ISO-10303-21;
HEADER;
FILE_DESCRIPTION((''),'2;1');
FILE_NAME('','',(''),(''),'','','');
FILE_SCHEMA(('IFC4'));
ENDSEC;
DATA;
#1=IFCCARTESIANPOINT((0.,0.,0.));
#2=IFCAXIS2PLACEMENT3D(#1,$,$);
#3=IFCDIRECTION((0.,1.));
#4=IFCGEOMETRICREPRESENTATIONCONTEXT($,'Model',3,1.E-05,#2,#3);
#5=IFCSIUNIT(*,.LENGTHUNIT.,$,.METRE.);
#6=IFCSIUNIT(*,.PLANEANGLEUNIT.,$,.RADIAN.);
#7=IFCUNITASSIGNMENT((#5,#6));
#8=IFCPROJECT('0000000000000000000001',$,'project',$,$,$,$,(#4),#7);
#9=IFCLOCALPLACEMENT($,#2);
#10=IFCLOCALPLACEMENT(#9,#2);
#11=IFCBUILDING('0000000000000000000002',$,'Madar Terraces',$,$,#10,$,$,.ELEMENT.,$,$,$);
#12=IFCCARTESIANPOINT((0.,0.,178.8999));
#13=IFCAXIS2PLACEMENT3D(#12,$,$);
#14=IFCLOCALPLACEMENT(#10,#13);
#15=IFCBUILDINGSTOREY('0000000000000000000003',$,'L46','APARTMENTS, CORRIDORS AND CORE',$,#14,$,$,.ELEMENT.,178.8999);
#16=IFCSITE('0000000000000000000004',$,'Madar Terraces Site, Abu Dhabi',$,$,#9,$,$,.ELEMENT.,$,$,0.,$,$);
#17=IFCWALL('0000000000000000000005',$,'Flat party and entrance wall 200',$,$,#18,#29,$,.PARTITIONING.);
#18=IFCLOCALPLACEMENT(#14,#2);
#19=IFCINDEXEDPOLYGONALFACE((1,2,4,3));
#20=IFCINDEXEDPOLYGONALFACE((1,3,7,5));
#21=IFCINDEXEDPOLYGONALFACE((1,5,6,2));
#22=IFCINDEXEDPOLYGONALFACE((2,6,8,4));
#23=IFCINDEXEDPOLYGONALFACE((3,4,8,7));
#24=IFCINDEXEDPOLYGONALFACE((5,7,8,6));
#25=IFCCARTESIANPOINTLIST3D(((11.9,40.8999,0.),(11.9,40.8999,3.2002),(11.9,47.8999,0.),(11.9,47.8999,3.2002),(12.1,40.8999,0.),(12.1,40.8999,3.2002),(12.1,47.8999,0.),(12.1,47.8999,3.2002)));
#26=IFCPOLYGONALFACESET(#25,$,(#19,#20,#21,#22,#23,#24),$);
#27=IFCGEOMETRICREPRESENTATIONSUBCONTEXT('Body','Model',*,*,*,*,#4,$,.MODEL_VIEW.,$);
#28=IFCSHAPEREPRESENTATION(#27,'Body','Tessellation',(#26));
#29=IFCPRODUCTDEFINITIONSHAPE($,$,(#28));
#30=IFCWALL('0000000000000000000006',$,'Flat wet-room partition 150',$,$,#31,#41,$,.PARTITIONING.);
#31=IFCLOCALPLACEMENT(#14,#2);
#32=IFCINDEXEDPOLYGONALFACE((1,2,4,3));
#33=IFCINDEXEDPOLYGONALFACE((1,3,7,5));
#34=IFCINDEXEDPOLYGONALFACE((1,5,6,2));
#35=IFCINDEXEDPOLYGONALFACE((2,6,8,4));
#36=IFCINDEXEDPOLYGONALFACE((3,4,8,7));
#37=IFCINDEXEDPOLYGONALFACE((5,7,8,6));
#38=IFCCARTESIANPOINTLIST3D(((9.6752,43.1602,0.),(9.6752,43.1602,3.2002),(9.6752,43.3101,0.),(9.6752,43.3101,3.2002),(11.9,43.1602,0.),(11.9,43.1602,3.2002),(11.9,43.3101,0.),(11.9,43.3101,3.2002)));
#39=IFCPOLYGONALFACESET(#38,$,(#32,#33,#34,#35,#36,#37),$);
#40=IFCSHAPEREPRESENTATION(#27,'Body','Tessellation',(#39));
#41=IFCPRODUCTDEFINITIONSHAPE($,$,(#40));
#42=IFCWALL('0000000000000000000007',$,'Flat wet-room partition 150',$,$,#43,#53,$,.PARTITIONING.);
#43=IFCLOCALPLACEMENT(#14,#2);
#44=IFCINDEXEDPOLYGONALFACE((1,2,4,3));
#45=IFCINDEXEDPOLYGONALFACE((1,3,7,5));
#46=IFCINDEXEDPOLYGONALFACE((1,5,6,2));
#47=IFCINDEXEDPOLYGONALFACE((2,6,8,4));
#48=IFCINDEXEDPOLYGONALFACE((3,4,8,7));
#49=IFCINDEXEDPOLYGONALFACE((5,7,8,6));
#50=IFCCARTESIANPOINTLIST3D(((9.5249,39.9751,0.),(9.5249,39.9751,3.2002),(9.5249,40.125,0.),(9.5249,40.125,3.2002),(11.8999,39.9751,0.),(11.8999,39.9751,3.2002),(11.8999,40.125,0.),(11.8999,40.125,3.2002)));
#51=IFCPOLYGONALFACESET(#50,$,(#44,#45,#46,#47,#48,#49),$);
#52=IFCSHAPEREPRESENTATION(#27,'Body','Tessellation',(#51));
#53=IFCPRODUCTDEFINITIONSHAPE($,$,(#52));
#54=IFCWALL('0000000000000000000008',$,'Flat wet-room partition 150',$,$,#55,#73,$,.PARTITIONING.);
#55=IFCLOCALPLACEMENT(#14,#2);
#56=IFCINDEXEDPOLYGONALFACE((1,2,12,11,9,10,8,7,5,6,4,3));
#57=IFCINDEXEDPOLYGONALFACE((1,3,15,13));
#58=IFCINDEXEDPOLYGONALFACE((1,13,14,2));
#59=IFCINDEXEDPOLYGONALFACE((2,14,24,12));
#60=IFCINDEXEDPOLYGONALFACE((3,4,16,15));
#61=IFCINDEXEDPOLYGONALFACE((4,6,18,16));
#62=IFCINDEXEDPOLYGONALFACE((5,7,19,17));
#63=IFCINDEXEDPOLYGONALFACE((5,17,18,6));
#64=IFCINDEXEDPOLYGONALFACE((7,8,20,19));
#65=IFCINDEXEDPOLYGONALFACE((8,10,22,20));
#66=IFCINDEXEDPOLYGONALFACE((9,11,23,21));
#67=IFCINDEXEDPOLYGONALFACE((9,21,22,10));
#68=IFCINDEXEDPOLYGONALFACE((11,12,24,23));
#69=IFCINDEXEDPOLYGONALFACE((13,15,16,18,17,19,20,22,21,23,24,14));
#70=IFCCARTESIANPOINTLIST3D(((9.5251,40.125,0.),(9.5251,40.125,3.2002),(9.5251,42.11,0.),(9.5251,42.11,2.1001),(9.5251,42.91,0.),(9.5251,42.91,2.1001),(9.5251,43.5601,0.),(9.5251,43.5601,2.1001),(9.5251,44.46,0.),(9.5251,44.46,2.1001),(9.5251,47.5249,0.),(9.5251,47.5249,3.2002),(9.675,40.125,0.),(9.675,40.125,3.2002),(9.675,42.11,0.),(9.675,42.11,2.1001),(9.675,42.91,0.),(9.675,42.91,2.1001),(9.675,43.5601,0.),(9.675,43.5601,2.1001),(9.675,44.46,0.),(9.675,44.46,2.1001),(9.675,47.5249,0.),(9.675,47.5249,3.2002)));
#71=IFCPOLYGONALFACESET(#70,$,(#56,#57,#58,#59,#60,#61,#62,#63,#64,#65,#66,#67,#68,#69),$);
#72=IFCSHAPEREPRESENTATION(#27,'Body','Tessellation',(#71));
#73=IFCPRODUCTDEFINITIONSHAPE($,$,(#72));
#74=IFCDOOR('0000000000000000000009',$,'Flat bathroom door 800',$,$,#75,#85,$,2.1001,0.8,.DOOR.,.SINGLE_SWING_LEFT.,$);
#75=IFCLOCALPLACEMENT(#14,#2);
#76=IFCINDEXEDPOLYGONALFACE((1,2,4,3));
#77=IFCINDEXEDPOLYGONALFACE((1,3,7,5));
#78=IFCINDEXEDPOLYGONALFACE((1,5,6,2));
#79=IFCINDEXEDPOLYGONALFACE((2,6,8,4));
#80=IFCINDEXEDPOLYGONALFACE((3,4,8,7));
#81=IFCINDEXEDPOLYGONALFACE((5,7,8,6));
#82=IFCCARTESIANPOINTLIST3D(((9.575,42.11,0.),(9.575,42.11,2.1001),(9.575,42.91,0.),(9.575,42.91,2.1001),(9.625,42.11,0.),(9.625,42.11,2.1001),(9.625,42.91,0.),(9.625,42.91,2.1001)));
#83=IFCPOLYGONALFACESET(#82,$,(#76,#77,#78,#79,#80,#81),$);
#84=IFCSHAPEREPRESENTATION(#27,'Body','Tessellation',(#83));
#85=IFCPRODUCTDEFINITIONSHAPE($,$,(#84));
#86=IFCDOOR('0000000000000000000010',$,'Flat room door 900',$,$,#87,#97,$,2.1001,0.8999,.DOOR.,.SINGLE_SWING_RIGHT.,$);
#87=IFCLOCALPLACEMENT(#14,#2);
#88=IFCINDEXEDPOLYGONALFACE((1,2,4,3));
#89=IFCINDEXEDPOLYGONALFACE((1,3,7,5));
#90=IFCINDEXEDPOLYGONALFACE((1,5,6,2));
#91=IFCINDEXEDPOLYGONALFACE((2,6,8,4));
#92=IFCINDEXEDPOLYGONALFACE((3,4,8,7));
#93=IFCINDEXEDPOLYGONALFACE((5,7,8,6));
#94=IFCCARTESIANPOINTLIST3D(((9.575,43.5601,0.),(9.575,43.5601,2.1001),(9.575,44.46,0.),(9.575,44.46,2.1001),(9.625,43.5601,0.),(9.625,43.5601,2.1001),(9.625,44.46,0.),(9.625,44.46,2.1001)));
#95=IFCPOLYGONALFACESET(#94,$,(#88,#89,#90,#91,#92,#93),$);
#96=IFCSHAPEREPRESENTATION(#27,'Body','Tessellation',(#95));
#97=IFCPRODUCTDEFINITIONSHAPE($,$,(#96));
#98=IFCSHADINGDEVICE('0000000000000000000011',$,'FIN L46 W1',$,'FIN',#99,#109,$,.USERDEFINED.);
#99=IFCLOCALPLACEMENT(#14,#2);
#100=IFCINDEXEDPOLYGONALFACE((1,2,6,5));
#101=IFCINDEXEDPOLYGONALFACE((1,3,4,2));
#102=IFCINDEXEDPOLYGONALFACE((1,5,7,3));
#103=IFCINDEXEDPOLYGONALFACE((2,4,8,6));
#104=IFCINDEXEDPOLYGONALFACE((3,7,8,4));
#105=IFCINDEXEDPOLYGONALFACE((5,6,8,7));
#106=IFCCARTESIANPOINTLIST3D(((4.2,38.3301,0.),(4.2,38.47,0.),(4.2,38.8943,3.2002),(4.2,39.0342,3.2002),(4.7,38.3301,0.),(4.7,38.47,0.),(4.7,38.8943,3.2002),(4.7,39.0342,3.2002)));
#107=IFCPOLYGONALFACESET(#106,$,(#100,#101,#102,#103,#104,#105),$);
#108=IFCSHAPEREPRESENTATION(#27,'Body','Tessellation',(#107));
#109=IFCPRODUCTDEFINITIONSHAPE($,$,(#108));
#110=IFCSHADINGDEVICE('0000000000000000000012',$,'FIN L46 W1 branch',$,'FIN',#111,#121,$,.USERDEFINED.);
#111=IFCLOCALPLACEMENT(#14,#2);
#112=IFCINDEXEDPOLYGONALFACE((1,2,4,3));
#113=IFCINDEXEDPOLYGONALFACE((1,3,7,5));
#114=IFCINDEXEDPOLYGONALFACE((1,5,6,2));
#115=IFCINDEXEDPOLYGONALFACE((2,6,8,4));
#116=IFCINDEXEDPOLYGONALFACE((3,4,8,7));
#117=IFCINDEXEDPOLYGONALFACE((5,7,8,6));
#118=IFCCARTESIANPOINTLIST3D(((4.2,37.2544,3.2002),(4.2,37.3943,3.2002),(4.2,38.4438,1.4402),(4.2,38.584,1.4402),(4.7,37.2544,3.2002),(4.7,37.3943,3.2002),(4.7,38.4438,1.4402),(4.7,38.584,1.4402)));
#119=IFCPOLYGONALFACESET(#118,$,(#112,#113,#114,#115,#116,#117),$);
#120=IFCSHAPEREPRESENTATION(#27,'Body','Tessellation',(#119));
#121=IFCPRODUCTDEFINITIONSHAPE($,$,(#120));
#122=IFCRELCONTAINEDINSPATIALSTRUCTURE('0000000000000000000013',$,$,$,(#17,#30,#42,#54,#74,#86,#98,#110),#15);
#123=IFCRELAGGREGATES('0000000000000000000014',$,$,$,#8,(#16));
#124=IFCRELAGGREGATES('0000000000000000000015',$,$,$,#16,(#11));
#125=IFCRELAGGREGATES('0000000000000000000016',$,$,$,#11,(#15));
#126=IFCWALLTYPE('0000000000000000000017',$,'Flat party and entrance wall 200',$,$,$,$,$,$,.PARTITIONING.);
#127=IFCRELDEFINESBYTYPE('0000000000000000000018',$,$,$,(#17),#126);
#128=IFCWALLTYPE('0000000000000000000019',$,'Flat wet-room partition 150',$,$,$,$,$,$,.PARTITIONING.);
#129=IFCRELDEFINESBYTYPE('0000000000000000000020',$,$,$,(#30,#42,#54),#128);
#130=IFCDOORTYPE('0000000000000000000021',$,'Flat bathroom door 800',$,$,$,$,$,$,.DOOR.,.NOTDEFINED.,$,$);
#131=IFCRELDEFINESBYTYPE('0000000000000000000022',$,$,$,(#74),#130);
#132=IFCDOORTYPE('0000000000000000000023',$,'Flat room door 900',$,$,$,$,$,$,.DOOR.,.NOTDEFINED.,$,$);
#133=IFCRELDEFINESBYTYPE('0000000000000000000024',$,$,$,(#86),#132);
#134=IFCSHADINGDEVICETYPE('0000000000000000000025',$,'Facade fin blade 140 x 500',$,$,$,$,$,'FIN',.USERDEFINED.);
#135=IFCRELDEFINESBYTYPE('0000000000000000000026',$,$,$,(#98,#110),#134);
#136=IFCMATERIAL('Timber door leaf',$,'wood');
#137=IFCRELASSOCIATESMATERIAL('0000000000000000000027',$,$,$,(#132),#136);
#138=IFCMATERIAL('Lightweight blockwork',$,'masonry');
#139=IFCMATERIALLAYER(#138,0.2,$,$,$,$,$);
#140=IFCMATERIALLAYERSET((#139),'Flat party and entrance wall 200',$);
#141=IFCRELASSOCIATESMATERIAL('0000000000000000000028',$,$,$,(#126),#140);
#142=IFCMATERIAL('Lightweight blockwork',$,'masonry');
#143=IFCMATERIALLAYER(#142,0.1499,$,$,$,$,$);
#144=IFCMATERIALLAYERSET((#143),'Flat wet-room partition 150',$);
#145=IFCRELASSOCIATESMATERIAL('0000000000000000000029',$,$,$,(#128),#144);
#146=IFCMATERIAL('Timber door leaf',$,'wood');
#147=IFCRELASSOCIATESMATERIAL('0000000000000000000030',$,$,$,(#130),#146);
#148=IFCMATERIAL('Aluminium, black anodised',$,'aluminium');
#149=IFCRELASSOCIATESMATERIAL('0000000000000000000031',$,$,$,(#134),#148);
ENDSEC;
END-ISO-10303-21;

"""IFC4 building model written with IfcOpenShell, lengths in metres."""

from ifc_helpers import new_model, si_unit, direction, frame, frame_2d, origin, place, context, subcontext, project, spatial, polyline, rectangle, outline, extrude, material, layer, layer_set, type_object, element, fill, save


model = new_model("IFC4")

# Units and contexts
model_context = context("Model", 3, precision=1e-05, world=origin(), true_north=direction((0.0, 1.0)))
body_context = subcontext(model_context, "Body", "Model", "MODEL_VIEW")
ifc_project = project(units=[si_unit("LENGTHUNIT", "METRE"), si_unit("PLANEANGLEUNIT", "RADIAN")], contexts=[model_context])

# Site, building, storey
site_placement = place(None, origin())
site = spatial("IfcSite", under=ifc_project, at=site_placement, Name="Madar Terraces Site, Abu Dhabi", CompositionType="ELEMENT", RefElevation=0.0)
building_placement = place(site_placement, origin())
building = spatial("IfcBuilding", under=site, at=building_placement, Name="Madar Terraces", CompositionType="ELEMENT")
storey_placement = place(building_placement, frame((0.0, 0.0, 178.8999)))
storey = spatial("IfcBuildingStorey", under=building, at=storey_placement, Name="L46", Description="APARTMENTS, CORRIDORS AND CORE", CompositionType="ELEMENT", Elevation=178.8999)

# Shared definitions
ifc_material_1 = material(Name="Timber door leaf", Category="wood")
door_type_1 = type_object("IfcDoorType", Name="Flat room door 900", OperationType="NOTDEFINED", PredefinedType="DOOR", material=ifc_material_1)
ifc_material_2 = material(Name="Lightweight blockwork", Category="masonry")
ifc_layer_1 = layer(ifc_material_2, 0.2)
ifc_layer_set_1 = layer_set([ifc_layer_1], Name="Flat party and entrance wall 200")
wall_type_1 = type_object("IfcWallType", Name="Flat party and entrance wall 200", PredefinedType="PARTITIONING", material=ifc_layer_set_1)

# Walls
wall_1_placement = place(storey_placement, frame((12.0, 47.8999, 0.0), z_axis=(0.0, 0.0, 1.0), x_axis=(0.0, -1.0, 0.0)))
element("IfcWall", 1, at=wall_1_placement, inside=storey, type_object=wall_type_1, Name="Flat party and entrance wall 200", PredefinedType="PARTITIONING", context=body_context, shape_type="SweptSolid", body=[
    extrude(rectangle(XDim=7.0, YDim=0.2, at=frame_2d((3.5, 0.0))), origin(), (0.0, 0.0, 1.0), 3.2002),
])
ifc_material_3 = material(Name="Lightweight blockwork", Category="masonry")
ifc_layer_2 = layer(ifc_material_3, 0.1499)
ifc_layer_set_2 = layer_set([ifc_layer_2], Name="Flat wet-room partition 150")
wall_type_2 = type_object("IfcWallType", Name="Flat wet-room partition 150", PredefinedType="PARTITIONING", material=ifc_layer_set_2)
wall_2_placement = place(storey_placement, frame((11.8999, 43.2351, 0.0), z_axis=(0.0, 0.0, 1.0), x_axis=(-1.0, 0.0, 0.0)))
element("IfcWall", 2, at=wall_2_placement, inside=storey, type_object=wall_type_2, Name="Flat wet-room partition 150", PredefinedType="PARTITIONING", context=body_context, shape_type="SweptSolid", body=[
    extrude(rectangle(XDim=2.2249, YDim=0.1499, at=frame_2d((1.1123, 0.0))), origin(), (0.0, 0.0, 1.0), 3.2002),
])
wall_3_placement = place(storey_placement, frame((11.8999, 40.05, 0.0), z_axis=(0.0, 0.0, 1.0), x_axis=(-1.0, 0.0, 0.0)))
element("IfcWall", 3, at=wall_3_placement, inside=storey, type_object=wall_type_2, Name="Flat wet-room partition 150", PredefinedType="PARTITIONING", context=body_context, shape_type="SweptSolid", body=[
    extrude(rectangle(XDim=2.375, YDim=0.1499, at=frame_2d((1.1875, 0.0))), origin(), (0.0, 0.0, 1.0), 3.2002),
])

# Wall, openings, doors
wall_4_placement = place(storey_placement, frame((9.6001, 47.5249, 0.0), z_axis=(0.0, 0.0, 1.0), x_axis=(0.0, -1.0, 0.0)))
wall_4 = element("IfcWall", 4, at=wall_4_placement, inside=storey, type_object=wall_type_2, Name="Flat wet-room partition 150", PredefinedType="PARTITIONING", context=body_context, shape_type="SweptSolid", body=[
    extrude(rectangle(XDim=7.3999, YDim=0.1499, at=frame_2d((3.7, 0.0))), origin(), (0.0, 0.0, 1.0), 3.2002),
])
opening_1_placement = place(wall_4_placement, frame((4.615, 0.0, 0.0)))
opening_1 = element("IfcOpeningElement", 5, at=opening_1_placement, cuts=wall_4, PredefinedType="OPENING", context=body_context, shape_type="SweptSolid", body=[
    extrude(rectangle(XDim=0.8, YDim=2.1001, at=frame_2d((0.3999, 1.05))), frame((0.0, 0.085, 0.0), z_axis=(0.0, -1.0, 0.0), x_axis=(1.0, 0.0, 0.0)), (0.0, 0.0, 1.0), 0.1699),
])
opening_2_placement = place(wall_4_placement, frame((3.0649, 0.0, 0.0)))
opening_2 = element("IfcOpeningElement", 6, at=opening_2_placement, cuts=wall_4, PredefinedType="OPENING", context=body_context, shape_type="SweptSolid", body=[
    extrude(rectangle(XDim=0.8999, YDim=2.1001, at=frame_2d((0.45, 1.05))), frame((0.0, 0.085, 0.0), z_axis=(0.0, -1.0, 0.0), x_axis=(1.0, 0.0, 0.0)), (0.0, 0.0, 1.0), 0.1699),
])
ifc_material_4 = material(Name="Timber door leaf", Category="wood")
door_type_2 = type_object("IfcDoorType", Name="Flat bathroom door 800", OperationType="NOTDEFINED", PredefinedType="DOOR", material=ifc_material_4)
door_1_placement = place(opening_1_placement, origin())
door_1 = element("IfcDoor", 7, at=door_1_placement, inside=storey, type_object=door_type_2, Name="Flat bathroom door 800", OperationType="SINGLE_SWING_LEFT", OverallHeight=2.1001, OverallWidth=0.8, PredefinedType="DOOR", context=body_context, shape_type="SweptSolid", body=[
    extrude(rectangle(XDim=0.8, YDim=2.1001, at=frame_2d((0.3999, 1.05))), frame((0.0, 0.0249, 0.0), z_axis=(0.0, -1.0, 0.0), x_axis=(1.0, 0.0, 0.0)), (0.0, 0.0, 1.0), 0.05),
])
fill(opening_1, door_1)
door_2_placement = place(opening_2_placement, origin())
door_2 = element("IfcDoor", 8, at=door_2_placement, inside=storey, type_object=door_type_1, Name="Flat room door 900", OperationType="SINGLE_SWING_RIGHT", OverallHeight=2.1001, OverallWidth=0.8999, PredefinedType="DOOR", context=body_context, shape_type="SweptSolid", body=[
    extrude(rectangle(XDim=0.8999, YDim=2.1001, at=frame_2d((0.45, 1.05))), frame((0.0, 0.0249, 0.0), z_axis=(0.0, -1.0, 0.0), x_axis=(1.0, 0.0, 0.0)), (0.0, 0.0, 1.0), 0.05),
])
fill(opening_2, door_2)

# Shading devices
ifc_material_5 = material(Name="Aluminium, black anodised", Category="aluminium")
shading_device_type = type_object("IfcShadingDeviceType", Name="Facade fin blade 140 x 500", ElementType="FIN", PredefinedType="USERDEFINED", material=ifc_material_5)
shading_device_1_placement = place(storey_placement, frame((4.45, 38.47, 0.0), z_axis=(0.0, 0.0, 1.0), x_axis=(0.0, -1.0, 0.0)))
element("IfcShadingDevice", 9, at=shading_device_1_placement, inside=storey, type_object=shading_device_type, Name="FIN L46 W1", ObjectType="FIN", PredefinedType="USERDEFINED", context=body_context, shape_type="SweptSolid", body=[
    extrude(outline(polyline([(0.0, 0.0), (0.1399, 0.0), (-0.4243, 3.2002), (-0.5642, 3.2002), (0.0, 0.0)])), frame((0.0, 0.25, 0.0), z_axis=(0.0, -1.0, 0.0), x_axis=(1.0, 0.0, 0.0)), (0.0, 0.0, 1.0), 0.5),
])
shading_device_2_placement = place(storey_placement, frame((4.45, 38.584, 1.4402), z_axis=(0.0, 0.0, 1.0), x_axis=(0.0, -1.0, 0.0)))
element("IfcShadingDevice", 10, at=shading_device_2_placement, inside=storey, type_object=shading_device_type, Name="FIN L46 W1 branch", ObjectType="FIN", PredefinedType="USERDEFINED", context=body_context, shape_type="SweptSolid", body=[
    extrude(outline(polyline([(0.0, 0.0), (0.1401, 0.0), (1.3296, 1.76), (1.1897, 1.76), (0.0, 0.0)])), frame((0.0, 0.25, 0.0), z_axis=(0.0, -1.0, 0.0), x_axis=(1.0, 0.0, 0.0)), (0.0, 0.0, 1.0), 0.5),
])

save(model, "model.ifc")
